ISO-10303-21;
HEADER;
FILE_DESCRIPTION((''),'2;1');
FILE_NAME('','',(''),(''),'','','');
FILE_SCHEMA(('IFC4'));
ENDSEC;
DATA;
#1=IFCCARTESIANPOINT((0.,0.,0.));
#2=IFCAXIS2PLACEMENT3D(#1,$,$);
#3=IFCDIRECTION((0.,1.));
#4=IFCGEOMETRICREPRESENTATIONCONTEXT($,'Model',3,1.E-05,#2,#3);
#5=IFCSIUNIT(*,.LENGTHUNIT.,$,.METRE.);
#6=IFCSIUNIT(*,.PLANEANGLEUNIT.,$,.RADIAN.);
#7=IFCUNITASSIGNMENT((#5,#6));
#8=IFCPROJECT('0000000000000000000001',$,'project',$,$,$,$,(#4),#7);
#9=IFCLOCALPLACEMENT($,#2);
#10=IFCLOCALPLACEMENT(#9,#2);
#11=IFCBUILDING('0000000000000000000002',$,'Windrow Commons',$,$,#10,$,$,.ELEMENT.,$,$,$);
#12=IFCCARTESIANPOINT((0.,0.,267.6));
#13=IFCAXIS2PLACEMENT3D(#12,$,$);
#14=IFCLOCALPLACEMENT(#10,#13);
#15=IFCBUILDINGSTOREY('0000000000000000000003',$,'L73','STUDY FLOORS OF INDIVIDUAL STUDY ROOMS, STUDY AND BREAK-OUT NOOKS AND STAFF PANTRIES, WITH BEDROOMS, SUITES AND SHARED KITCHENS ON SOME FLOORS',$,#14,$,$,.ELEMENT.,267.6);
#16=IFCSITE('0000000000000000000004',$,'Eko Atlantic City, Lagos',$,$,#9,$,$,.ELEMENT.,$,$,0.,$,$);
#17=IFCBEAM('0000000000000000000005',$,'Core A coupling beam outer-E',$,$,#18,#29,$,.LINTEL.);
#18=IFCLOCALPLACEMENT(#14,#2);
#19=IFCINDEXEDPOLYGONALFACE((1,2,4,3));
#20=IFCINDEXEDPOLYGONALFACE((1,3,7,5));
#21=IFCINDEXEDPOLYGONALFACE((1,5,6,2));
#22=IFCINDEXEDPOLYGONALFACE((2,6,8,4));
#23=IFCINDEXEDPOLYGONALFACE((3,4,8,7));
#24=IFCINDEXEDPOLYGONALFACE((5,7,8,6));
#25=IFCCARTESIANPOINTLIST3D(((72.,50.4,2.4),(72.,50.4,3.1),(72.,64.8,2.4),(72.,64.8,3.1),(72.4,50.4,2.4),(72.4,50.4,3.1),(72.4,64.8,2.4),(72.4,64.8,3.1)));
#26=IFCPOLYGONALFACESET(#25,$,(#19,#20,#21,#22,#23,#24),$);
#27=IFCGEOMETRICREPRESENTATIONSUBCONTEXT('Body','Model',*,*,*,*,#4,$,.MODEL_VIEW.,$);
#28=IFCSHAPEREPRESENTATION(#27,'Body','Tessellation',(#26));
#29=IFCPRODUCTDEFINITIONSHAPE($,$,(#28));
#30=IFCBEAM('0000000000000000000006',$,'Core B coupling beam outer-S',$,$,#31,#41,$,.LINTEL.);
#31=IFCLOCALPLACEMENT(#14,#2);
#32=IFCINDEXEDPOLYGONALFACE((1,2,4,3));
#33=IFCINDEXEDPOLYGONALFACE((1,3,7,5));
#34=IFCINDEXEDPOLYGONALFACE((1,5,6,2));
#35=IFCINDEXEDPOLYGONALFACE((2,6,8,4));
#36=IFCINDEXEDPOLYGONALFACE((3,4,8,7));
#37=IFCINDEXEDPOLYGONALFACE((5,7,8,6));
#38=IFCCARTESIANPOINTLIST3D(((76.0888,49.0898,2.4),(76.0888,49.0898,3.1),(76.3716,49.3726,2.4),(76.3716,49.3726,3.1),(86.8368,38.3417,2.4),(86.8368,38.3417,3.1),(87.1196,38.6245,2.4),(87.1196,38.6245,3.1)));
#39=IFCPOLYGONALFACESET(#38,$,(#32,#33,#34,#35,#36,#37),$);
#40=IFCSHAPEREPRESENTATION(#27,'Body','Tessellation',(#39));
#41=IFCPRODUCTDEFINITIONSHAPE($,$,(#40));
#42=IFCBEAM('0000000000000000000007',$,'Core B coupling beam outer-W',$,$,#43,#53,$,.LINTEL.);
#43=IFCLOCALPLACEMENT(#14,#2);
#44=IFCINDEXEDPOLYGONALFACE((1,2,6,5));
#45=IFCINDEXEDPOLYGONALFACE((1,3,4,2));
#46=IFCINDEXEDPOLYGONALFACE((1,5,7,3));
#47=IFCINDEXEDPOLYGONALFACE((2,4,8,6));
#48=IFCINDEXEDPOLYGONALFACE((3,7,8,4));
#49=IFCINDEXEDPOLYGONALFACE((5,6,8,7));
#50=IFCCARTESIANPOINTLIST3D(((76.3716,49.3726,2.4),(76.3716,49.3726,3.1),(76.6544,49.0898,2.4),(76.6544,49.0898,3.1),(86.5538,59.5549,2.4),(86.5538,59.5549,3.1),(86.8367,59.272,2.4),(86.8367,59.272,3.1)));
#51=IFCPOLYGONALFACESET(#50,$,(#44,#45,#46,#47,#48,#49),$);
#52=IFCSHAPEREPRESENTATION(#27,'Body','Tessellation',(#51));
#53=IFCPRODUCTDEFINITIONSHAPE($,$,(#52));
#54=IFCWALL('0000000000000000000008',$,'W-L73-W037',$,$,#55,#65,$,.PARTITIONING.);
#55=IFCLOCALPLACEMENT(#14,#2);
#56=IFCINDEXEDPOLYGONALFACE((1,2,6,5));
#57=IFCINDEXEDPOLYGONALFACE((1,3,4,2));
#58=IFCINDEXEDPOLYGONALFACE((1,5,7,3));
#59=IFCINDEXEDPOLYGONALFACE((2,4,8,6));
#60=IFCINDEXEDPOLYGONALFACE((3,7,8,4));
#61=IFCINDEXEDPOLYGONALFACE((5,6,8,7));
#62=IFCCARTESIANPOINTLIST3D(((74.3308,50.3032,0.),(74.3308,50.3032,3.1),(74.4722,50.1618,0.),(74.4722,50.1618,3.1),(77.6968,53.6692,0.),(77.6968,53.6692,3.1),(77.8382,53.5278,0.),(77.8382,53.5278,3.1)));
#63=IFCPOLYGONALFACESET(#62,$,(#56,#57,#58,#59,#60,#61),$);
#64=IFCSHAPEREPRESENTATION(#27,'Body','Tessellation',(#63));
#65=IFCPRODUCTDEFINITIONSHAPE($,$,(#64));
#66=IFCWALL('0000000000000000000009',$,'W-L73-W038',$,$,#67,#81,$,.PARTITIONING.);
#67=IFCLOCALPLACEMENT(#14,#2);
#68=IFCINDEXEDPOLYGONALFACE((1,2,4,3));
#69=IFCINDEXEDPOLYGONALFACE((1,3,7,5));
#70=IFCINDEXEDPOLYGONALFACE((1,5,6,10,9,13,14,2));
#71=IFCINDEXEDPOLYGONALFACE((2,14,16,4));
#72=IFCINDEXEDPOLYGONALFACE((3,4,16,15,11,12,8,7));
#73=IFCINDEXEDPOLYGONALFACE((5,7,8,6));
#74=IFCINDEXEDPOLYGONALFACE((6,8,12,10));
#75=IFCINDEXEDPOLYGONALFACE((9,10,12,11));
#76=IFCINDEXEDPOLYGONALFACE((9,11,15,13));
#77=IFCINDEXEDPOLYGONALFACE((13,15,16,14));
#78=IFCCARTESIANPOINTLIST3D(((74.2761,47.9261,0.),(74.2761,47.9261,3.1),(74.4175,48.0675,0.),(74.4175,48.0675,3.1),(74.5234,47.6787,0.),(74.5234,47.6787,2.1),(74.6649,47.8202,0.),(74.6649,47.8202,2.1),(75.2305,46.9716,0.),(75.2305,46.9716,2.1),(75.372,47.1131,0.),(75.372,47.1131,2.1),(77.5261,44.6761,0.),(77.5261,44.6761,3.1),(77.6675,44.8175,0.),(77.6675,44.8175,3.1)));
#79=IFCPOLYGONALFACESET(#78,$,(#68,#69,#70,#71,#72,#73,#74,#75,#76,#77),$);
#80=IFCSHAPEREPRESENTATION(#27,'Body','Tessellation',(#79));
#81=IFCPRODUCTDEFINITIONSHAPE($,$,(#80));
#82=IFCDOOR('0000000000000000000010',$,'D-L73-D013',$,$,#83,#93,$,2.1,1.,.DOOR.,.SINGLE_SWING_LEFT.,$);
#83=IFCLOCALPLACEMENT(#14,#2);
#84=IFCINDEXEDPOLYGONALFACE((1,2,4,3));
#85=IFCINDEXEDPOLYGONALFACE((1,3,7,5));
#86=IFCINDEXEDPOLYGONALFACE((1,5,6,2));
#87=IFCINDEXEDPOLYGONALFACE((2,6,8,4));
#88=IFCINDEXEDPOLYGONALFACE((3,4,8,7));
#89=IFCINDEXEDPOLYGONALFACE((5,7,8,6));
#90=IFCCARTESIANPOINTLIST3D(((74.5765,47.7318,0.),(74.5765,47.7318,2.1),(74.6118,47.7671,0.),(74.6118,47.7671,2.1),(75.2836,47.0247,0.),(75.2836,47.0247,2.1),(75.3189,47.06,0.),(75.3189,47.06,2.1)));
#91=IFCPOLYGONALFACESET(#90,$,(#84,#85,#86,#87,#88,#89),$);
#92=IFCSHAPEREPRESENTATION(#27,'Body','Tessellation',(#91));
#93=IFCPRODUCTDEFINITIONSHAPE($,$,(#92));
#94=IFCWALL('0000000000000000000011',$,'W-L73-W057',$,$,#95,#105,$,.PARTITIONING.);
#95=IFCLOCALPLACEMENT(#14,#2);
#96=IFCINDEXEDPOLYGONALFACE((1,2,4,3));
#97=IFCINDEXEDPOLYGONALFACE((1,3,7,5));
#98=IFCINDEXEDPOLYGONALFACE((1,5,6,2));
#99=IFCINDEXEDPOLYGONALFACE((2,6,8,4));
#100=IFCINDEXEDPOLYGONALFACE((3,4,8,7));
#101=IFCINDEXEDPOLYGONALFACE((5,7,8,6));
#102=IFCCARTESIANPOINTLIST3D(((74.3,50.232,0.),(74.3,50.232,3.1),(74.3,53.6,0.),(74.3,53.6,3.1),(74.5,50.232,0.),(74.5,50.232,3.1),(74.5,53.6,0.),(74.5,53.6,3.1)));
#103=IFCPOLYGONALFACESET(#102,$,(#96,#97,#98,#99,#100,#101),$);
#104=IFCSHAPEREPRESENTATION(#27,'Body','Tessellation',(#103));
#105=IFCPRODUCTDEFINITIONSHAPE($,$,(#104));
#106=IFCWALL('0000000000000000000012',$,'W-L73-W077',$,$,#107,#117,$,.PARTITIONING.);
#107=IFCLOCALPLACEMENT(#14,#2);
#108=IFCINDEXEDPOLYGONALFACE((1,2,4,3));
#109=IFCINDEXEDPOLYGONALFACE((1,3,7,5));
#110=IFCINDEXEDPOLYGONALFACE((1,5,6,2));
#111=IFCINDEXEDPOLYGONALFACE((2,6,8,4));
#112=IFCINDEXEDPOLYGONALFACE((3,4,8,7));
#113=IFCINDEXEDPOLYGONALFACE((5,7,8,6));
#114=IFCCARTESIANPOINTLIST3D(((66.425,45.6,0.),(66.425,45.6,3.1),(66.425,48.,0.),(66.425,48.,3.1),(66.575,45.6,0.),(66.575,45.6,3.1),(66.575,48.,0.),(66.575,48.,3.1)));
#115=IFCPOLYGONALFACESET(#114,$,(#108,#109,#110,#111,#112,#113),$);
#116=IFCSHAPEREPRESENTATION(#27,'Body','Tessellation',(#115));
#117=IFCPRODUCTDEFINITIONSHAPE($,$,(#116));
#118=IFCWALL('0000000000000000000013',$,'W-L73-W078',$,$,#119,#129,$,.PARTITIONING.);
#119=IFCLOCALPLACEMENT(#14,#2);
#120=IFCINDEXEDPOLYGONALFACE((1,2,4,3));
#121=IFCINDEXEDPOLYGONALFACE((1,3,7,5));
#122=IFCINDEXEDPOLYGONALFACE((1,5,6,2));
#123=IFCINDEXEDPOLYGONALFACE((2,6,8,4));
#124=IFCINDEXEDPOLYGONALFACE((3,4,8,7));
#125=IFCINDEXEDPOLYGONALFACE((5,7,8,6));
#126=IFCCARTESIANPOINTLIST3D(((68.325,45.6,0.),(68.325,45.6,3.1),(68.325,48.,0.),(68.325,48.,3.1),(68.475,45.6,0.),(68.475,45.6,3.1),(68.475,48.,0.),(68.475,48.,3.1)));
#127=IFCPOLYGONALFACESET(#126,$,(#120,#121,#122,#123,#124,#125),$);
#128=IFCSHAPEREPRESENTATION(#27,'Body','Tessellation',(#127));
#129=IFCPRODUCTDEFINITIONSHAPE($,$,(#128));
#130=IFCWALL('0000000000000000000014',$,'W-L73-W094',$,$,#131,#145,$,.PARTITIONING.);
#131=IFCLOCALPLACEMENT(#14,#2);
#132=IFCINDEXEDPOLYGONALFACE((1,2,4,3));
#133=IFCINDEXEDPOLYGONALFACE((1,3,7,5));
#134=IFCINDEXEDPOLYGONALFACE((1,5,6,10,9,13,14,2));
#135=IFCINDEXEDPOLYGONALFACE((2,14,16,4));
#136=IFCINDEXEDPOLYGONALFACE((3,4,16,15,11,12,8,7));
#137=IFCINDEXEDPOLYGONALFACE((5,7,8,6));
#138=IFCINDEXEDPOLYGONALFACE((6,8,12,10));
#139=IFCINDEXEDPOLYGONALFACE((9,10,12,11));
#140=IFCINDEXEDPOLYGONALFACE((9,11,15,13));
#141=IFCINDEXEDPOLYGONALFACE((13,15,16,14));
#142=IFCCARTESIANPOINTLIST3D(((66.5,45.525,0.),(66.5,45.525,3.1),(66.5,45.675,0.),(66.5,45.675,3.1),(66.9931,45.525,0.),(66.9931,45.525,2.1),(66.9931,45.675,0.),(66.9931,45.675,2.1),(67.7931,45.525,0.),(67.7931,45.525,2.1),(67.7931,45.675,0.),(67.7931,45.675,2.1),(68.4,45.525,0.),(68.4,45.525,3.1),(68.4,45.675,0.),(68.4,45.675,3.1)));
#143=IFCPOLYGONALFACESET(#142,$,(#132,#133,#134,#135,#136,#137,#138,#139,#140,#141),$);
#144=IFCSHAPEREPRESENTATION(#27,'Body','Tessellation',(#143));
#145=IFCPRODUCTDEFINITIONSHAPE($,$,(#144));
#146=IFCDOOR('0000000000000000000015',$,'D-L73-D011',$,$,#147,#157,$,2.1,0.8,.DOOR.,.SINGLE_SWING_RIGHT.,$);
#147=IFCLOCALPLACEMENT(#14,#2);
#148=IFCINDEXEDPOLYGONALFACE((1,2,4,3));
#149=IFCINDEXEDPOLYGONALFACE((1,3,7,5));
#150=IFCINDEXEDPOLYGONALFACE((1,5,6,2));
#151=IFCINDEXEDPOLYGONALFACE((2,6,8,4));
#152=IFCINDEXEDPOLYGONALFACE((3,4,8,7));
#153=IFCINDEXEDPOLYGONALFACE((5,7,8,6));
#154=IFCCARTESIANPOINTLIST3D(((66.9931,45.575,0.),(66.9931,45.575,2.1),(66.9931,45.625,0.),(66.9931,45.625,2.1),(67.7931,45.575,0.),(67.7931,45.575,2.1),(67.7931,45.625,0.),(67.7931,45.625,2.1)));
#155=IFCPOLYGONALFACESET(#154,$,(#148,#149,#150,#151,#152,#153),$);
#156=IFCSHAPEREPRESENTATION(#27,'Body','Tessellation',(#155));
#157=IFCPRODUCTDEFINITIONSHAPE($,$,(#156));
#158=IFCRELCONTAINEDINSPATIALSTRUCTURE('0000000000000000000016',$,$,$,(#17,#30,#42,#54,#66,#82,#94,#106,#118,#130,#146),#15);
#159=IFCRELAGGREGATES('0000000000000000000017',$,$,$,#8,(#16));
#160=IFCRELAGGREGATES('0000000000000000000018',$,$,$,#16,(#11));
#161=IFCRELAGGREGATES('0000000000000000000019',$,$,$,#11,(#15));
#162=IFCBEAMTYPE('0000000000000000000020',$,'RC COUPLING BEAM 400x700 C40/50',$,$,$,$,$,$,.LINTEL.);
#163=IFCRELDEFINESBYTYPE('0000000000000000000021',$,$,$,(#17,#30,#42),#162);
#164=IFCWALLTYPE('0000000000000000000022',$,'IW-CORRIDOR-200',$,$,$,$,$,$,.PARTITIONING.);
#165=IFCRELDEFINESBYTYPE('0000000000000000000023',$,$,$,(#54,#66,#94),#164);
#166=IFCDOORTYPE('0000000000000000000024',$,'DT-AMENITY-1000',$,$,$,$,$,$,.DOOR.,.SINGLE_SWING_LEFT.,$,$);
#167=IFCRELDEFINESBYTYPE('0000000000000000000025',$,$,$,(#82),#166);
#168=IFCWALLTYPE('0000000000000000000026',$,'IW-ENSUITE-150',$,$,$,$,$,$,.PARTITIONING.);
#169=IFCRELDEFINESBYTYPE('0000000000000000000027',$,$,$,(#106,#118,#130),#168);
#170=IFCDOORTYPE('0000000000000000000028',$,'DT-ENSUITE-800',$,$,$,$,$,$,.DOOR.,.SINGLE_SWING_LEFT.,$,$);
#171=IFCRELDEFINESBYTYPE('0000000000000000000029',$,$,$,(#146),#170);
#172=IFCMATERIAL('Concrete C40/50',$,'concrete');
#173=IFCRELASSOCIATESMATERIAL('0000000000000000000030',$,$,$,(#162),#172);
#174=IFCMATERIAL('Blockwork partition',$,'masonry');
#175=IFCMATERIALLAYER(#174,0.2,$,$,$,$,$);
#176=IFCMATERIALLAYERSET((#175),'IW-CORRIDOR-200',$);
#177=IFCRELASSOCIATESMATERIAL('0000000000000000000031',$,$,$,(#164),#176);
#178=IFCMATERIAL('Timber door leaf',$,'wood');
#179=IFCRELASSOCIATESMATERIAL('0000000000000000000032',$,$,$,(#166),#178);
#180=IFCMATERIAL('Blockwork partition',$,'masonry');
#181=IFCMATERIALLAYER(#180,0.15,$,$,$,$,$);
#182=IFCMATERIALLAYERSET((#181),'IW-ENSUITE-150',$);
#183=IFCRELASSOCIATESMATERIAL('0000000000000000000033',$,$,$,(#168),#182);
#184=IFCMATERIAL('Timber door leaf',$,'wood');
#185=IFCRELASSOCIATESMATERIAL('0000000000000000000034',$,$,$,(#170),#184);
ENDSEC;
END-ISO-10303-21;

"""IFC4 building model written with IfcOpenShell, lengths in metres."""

from ifc_helpers import new_model, si_unit, direction, frame, frame_2d, origin, origin_2d, place, context, subcontext, project, spatial, rectangle, extrude, material, layer, layer_set, material_profile, profile_set, type_object, element, fill, save


model = new_model("IFC4")

# Units and contexts
model_context = context("Model", 3, precision=1e-05, world=origin(), true_north=direction((0.0, 1.0)))
body_context = subcontext(model_context, "Body", "Model", "MODEL_VIEW")
ifc_project = project(units=[si_unit("LENGTHUNIT", "METRE"), si_unit("PLANEANGLEUNIT", "RADIAN")], contexts=[model_context])

# Site, building, storey
site_placement = place(None, origin())
site = spatial("IfcSite", under=ifc_project, at=site_placement, Name="Eko Atlantic City, Lagos", CompositionType="ELEMENT", RefElevation=0.0)
building_placement = place(site_placement, origin())
building = spatial("IfcBuilding", under=site, at=building_placement, Name="Windrow Commons", CompositionType="ELEMENT")
storey_placement = place(building_placement, frame((0.0, 0.0, 267.6)))
storey = spatial("IfcBuildingStorey", under=building, at=storey_placement, Name="L73", Description="STUDY FLOORS OF INDIVIDUAL STUDY ROOMS, STUDY AND BREAK-OUT NOOKS AND STAFF PANTRIES, WITH BEDROOMS, SUITES AND SHARED KITCHENS ON SOME FLOORS", CompositionType="ELEMENT", Elevation=267.6)

# Beams
ifc_material_1 = material(Name="Concrete C40/50", Category="concrete")
ifc_material_profile = material_profile(ifc_material_1, rectangle(XDim=0.4, YDim=0.7, at=origin_2d()))
ifc_profile_set = profile_set([ifc_material_profile], Name="Concrete C40/50")
beam_type = type_object("IfcBeamType", Name="RC COUPLING BEAM 400x700 C40/50", PredefinedType="LINTEL", material=ifc_profile_set)
beam_1_placement = place(storey_placement, frame((72.2, 50.4, 2.75), z_axis=(0.0, 1.0, 0.0), x_axis=(-1.0, 0.0, 0.0)))
element("IfcBeam", 1, at=beam_1_placement, inside=storey, type_object=beam_type, Name="Core A coupling beam outer-E", PredefinedType="LINTEL", context=body_context, shape_type="SweptSolid", body=[
    extrude(rectangle(XDim=0.4, YDim=0.7, at=origin_2d()), origin(), (0.0, 0.0, 1.0), 14.4),
])
beam_2_placement = place(storey_placement, frame((76.2302, 49.2312, 2.75), z_axis=(0.707103, -0.70711, 0.0), x_axis=(0.70711, 0.707103, 0.0)))
element("IfcBeam", 2, at=beam_2_placement, inside=storey, type_object=beam_type, Name="Core B coupling beam outer-S", PredefinedType="LINTEL", context=body_context, shape_type="SweptSolid", body=[
    extrude(rectangle(XDim=0.4, YDim=0.7, at=origin_2d()), origin(), (0.0, 0.0, 1.0), 15.2),
])
beam_3_placement = place(storey_placement, frame((76.513, 49.2312, 2.75), z_axis=(0.707107, 0.707107, 0.0), x_axis=(-0.707107, 0.707107, 0.0)))
element("IfcBeam", 3, at=beam_3_placement, inside=storey, type_object=beam_type, Name="Core B coupling beam outer-W", PredefinedType="LINTEL", context=body_context, shape_type="SweptSolid", body=[
    extrude(rectangle(XDim=0.4, YDim=0.7, at=origin_2d()), origin(), (0.0, 0.0, 1.0), 14.3999),
])

# Wall
ifc_material_2 = material(Name="Blockwork partition", Category="masonry")
ifc_layer_1 = layer(ifc_material_2, 0.2)
ifc_layer_set_1 = layer_set([ifc_layer_1], Name="IW-CORRIDOR-200")
wall_type_1 = type_object("IfcWallType", Name="IW-CORRIDOR-200", PredefinedType="PARTITIONING", material=ifc_layer_set_1)
wall_1_placement = place(storey_placement, frame((74.4015, 50.2325, 0.0), z_axis=(0.0, 0.0, 1.0), x_axis=(0.707107, 0.707107, 0.0)))
element("IfcWall", 4, at=wall_1_placement, inside=storey, type_object=wall_type_1, Name="W-L73-W037", PredefinedType="PARTITIONING", context=body_context, shape_type="SweptSolid", body=[
    extrude(rectangle(XDim=4.7602, YDim=0.2, at=frame_2d((2.3801, 0.0))), origin(), (0.0, 0.0, 1.0), 3.1),
])

# Wall, opening, door
wall_2_placement = place(storey_placement, frame((74.3468, 47.9968, 0.0), z_axis=(0.0, 0.0, 1.0), x_axis=(0.707107, -0.707107, 0.0)))
wall_2 = element("IfcWall", 5, at=wall_2_placement, inside=storey, type_object=wall_type_1, Name="W-L73-W038", PredefinedType="PARTITIONING", context=body_context, shape_type="SweptSolid", body=[
    extrude(rectangle(XDim=4.5962, YDim=0.2, at=frame_2d((2.2981, 0.0))), origin(), (0.0, 0.0, 1.0), 3.1),
])
opening_1_placement = place(wall_2_placement, frame((0.3498, 0.0, 0.0)))
opening_1 = element("IfcOpeningElement", 6, at=opening_1_placement, cuts=wall_2, PredefinedType="OPENING", context=body_context, shape_type="SweptSolid", body=[
    extrude(rectangle(XDim=1.0, YDim=2.1, at=frame_2d((0.5, 1.05))), frame((0.0, 0.11, 0.0), z_axis=(0.0, -1.0, 0.0), x_axis=(1.0, 0.0, 0.0)), (0.0, 0.0, 1.0), 0.22),
])
ifc_material_3 = material(Name="Timber door leaf", Category="wood")
door_type_1 = type_object("IfcDoorType", Name="DT-AMENITY-1000", OperationType="SINGLE_SWING_LEFT", PredefinedType="DOOR", material=ifc_material_3)
door_1_placement = place(opening_1_placement, origin())
door_1 = element("IfcDoor", 7, at=door_1_placement, inside=storey, type_object=door_type_1, Name="D-L73-D013", OperationType="SINGLE_SWING_LEFT", OverallHeight=2.1, OverallWidth=1.0, PredefinedType="DOOR", context=body_context, shape_type="SweptSolid", body=[
    extrude(rectangle(XDim=1.0, YDim=2.1, at=frame_2d((0.5, 1.05))), frame((0.0, 0.025, 0.0), z_axis=(0.0, -1.0, 0.0), x_axis=(1.0, 0.0, 0.0)), (0.0, 0.0, 1.0), 0.05),
])
fill(opening_1, door_1)

# Walls
wall_3_placement = place(storey_placement, frame((74.4, 50.232, 0.0), z_axis=(0.0, 0.0, 1.0), x_axis=(0.0, 1.0, 0.0)))
element("IfcWall", 8, at=wall_3_placement, inside=storey, type_object=wall_type_1, Name="W-L73-W057", PredefinedType="PARTITIONING", context=body_context, shape_type="SweptSolid", body=[
    extrude(rectangle(XDim=3.368, YDim=0.2, at=frame_2d((1.684, 0.0))), origin(), (0.0, 0.0, 1.0), 3.1),
])
ifc_material_4 = material(Name="Blockwork partition", Category="masonry")
ifc_layer_2 = layer(ifc_material_4, 0.15)
ifc_layer_set_2 = layer_set([ifc_layer_2], Name="IW-ENSUITE-150")
wall_type_2 = type_object("IfcWallType", Name="IW-ENSUITE-150", PredefinedType="PARTITIONING", material=ifc_layer_set_2)
for number, where, z_axis, x_axis, name in (
    (9, (66.5, 45.6, 0.0), (0.0, 0.0, 1.0), (0.0, 1.0, 0.0), "W-L73-W077"),
    (10, (68.4, 45.6, 0.0), (0.0, 0.0, 1.0), (0.0, 1.0, 0.0), "W-L73-W078"),
):
    element("IfcWall", number, at=place(storey_placement, frame(where, z_axis=z_axis, x_axis=x_axis)), inside=storey, type_object=wall_type_2, Name=name, PredefinedType="PARTITIONING", context=body_context, shape_type="SweptSolid", body=[
        extrude(rectangle(XDim=2.4, YDim=0.15, at=frame_2d((1.2, 0.0))), origin(), (0.0, 0.0, 1.0), 3.1),
    ])

# Wall, opening, door
wall_4_placement = place(storey_placement, frame((66.5, 45.6, 0.0), z_axis=(0.0, 0.0, 1.0), x_axis=(1.0, 0.0, 0.0)))
wall_4 = element("IfcWall", 11, at=wall_4_placement, inside=storey, type_object=wall_type_2, Name="W-L73-W094", PredefinedType="PARTITIONING", context=body_context, shape_type="SweptSolid", body=[
    extrude(rectangle(XDim=1.9, YDim=0.15, at=frame_2d((0.95, 0.0))), origin(), (0.0, 0.0, 1.0), 3.1),
])
opening_2_placement = place(wall_4_placement, frame((0.4931, 0.0, 0.0)))
opening_2 = element("IfcOpeningElement", 12, at=opening_2_placement, cuts=wall_4, PredefinedType="OPENING", context=body_context, shape_type="SweptSolid", body=[
    extrude(rectangle(XDim=0.8, YDim=2.1, at=frame_2d((0.4, 1.05))), frame((0.0, 0.085, 0.0), z_axis=(0.0, -1.0, 0.0), x_axis=(1.0, 0.0, 0.0)), (0.0, 0.0, 1.0), 0.17),
])
ifc_material_5 = material(Name="Timber door leaf", Category="wood")
door_type_2 = type_object("IfcDoorType", Name="DT-ENSUITE-800", OperationType="SINGLE_SWING_LEFT", PredefinedType="DOOR", material=ifc_material_5)
door_2_placement = place(opening_2_placement, origin())
door_2 = element("IfcDoor", 13, at=door_2_placement, inside=storey, type_object=door_type_2, Name="D-L73-D011", OperationType="SINGLE_SWING_RIGHT", OverallHeight=2.1, OverallWidth=0.8, PredefinedType="DOOR", context=body_context, shape_type="SweptSolid", body=[
    extrude(rectangle(XDim=0.8, YDim=2.1, at=frame_2d((0.4, 1.05))), frame((0.0, 0.025, 0.0), z_axis=(0.0, -1.0, 0.0), x_axis=(1.0, 0.0, 0.0)), (0.0, 0.0, 1.0), 0.05),
])
fill(opening_2, door_2)

save(model, "model.ifc")
